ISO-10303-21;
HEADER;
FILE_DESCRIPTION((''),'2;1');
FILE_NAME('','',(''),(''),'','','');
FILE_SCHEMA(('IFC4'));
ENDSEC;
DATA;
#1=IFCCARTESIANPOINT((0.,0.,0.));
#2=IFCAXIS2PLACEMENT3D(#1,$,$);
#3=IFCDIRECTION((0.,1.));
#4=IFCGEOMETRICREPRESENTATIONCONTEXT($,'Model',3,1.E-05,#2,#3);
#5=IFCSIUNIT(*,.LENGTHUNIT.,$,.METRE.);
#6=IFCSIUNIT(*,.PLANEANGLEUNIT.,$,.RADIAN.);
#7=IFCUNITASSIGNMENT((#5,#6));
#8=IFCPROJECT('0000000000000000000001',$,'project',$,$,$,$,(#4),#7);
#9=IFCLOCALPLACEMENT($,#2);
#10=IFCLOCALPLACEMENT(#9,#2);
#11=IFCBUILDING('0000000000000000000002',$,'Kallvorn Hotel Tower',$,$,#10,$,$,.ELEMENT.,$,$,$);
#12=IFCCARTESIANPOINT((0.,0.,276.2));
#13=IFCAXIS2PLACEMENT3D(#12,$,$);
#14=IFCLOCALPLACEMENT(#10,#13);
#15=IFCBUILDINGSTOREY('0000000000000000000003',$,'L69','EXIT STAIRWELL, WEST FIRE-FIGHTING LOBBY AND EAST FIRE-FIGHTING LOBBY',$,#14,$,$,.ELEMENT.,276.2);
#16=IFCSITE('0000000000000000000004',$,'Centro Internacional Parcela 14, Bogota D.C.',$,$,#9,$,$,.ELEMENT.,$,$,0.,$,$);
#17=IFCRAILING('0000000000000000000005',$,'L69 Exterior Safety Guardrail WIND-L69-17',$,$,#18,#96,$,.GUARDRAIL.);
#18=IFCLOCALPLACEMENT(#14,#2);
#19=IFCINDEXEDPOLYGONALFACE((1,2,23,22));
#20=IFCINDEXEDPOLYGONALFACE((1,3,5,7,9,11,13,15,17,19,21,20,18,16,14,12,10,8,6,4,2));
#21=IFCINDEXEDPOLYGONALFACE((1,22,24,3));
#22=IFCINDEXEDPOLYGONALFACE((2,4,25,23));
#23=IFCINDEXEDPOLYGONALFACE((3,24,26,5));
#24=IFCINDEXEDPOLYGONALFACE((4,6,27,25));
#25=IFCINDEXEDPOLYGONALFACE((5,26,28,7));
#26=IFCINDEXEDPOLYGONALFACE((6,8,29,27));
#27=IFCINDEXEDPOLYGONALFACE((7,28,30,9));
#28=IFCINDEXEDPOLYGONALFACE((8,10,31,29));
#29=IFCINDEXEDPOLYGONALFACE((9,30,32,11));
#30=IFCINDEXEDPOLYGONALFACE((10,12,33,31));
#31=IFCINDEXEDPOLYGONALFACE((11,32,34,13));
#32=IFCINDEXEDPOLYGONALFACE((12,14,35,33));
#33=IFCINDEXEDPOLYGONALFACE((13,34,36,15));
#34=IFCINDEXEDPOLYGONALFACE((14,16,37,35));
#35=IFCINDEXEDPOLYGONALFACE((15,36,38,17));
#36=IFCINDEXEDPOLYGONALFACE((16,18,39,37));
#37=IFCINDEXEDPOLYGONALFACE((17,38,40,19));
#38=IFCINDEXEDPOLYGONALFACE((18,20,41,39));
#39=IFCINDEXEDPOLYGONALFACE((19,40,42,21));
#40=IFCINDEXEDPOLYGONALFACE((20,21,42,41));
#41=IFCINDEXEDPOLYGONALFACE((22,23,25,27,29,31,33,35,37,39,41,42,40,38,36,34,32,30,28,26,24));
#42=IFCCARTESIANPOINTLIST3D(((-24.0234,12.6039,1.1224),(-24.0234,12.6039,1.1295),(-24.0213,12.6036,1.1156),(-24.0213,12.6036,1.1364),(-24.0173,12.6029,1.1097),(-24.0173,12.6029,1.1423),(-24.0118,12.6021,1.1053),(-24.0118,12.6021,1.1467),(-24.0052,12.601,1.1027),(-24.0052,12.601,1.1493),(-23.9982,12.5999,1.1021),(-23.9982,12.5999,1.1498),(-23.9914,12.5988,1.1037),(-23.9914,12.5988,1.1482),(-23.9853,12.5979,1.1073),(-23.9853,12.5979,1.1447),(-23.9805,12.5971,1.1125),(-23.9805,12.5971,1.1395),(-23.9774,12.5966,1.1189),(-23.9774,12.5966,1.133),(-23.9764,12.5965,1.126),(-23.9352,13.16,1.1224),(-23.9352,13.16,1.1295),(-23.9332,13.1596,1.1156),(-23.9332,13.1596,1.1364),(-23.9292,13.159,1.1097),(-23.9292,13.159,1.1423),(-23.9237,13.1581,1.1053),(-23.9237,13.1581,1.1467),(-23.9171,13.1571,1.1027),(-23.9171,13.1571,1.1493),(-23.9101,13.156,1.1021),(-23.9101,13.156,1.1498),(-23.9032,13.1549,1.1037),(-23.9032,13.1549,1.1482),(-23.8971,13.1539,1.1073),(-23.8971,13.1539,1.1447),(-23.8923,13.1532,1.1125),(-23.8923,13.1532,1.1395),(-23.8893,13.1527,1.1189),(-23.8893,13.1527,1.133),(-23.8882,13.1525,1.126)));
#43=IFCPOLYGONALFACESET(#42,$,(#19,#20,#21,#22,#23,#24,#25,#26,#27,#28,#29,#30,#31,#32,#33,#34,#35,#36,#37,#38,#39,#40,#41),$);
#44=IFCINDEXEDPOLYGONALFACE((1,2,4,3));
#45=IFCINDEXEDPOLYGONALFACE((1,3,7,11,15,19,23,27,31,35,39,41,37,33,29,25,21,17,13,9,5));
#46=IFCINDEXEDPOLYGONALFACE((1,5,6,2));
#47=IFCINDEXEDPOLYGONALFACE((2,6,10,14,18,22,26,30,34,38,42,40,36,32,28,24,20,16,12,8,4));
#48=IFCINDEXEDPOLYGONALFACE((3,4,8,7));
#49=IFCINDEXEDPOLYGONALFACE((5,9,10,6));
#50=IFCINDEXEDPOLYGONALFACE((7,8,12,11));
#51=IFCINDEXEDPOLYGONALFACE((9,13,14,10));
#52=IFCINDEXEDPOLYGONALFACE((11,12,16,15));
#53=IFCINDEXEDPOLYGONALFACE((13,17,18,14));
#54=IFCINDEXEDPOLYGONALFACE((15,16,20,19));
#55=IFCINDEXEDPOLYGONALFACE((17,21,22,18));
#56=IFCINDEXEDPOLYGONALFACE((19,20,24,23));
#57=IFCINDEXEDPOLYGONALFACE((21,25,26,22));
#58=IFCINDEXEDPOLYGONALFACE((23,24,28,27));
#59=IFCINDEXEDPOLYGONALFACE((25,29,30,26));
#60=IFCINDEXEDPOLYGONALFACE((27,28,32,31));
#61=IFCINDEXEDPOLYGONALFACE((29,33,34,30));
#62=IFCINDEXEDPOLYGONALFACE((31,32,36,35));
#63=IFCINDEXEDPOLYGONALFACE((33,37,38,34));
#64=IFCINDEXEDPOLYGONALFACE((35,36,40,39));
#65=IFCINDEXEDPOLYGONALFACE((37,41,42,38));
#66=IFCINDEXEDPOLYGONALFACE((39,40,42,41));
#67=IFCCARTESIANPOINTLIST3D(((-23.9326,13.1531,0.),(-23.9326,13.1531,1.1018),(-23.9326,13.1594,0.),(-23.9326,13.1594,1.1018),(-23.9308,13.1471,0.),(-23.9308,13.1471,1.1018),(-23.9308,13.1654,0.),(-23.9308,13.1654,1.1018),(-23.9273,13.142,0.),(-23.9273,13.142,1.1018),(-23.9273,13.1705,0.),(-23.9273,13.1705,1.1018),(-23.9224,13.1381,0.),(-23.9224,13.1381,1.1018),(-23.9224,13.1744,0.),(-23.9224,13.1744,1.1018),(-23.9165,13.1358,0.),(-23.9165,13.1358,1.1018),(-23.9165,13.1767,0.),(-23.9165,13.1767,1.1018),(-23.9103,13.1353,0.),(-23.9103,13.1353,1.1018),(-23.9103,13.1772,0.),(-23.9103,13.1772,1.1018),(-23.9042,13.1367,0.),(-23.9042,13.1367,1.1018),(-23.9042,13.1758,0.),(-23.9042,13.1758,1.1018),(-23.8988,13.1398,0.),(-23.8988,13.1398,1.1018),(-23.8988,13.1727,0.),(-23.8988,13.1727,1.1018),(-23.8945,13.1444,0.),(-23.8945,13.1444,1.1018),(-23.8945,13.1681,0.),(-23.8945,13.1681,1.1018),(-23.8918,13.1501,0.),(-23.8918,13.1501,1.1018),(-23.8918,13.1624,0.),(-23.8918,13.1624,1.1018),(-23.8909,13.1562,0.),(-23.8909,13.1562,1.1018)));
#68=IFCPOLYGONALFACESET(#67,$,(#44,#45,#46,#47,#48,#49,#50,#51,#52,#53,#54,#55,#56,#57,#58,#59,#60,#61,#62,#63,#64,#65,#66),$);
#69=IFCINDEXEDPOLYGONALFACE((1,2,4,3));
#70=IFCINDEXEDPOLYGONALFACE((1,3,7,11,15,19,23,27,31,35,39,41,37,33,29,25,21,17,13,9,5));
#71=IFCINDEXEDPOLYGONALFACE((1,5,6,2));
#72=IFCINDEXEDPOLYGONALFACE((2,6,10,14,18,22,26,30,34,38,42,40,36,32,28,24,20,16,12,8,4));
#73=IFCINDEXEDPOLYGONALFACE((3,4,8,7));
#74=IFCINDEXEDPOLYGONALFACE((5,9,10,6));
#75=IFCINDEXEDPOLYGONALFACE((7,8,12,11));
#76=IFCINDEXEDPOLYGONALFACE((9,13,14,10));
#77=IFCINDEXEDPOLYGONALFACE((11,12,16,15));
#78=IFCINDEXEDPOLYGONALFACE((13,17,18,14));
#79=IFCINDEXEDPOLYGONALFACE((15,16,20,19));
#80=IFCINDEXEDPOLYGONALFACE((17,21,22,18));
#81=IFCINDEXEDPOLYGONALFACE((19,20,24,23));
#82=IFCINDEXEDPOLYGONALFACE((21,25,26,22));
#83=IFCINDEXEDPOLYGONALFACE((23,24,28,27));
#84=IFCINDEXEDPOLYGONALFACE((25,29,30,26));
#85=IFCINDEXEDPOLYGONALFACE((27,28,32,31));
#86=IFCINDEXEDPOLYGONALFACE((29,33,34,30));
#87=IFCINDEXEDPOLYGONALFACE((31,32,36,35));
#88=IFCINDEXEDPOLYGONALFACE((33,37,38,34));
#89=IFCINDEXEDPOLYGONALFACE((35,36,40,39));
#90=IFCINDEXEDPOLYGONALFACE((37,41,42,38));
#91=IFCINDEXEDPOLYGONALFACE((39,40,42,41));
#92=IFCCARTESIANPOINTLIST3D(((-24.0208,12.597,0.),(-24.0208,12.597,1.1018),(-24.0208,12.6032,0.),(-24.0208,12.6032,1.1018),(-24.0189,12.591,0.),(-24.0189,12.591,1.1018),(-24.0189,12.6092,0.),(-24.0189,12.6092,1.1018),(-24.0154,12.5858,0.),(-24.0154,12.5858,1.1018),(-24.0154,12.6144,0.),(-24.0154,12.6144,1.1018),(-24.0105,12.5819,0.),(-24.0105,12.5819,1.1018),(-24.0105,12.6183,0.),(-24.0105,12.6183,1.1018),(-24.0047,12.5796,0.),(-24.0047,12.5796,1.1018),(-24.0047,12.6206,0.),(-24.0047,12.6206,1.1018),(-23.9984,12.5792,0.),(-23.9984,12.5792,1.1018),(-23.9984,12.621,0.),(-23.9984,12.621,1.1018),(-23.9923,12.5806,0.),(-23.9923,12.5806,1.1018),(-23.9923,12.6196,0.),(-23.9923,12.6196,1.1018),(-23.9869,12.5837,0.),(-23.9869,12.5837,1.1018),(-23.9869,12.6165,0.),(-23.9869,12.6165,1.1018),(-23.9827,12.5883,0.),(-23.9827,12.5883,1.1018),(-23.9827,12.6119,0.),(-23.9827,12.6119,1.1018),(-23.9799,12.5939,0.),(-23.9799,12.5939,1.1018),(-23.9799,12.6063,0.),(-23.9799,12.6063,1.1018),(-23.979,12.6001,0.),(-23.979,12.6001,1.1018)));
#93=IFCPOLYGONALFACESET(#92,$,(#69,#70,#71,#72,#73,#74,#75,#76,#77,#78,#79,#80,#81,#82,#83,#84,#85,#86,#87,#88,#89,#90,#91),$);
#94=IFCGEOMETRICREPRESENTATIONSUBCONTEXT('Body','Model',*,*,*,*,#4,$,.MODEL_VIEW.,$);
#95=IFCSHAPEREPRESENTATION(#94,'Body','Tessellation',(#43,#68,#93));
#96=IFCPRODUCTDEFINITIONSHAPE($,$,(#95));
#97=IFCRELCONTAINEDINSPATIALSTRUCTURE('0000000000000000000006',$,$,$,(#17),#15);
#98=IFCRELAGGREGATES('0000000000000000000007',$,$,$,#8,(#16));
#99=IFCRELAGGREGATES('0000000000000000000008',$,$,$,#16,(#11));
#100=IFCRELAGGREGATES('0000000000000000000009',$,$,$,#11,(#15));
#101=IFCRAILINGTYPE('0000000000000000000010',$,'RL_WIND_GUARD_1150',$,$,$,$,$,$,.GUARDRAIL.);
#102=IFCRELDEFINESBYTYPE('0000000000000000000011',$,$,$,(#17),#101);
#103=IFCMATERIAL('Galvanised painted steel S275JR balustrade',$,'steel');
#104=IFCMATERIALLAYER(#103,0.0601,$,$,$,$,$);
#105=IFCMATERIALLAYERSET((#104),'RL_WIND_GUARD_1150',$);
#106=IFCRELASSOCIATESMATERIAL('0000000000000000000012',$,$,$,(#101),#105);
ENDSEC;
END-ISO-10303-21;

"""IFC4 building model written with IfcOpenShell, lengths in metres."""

from ifc_helpers import new_model, si_unit, direction, frame, origin, origin_2d, place, context, subcontext, project, spatial, circle, extrude, material, layer, layer_set, type_object, element, save


model = new_model("IFC4")

# Units and contexts
model_context = context("Model", 3, precision=1e-05, world=origin(), true_north=direction((0.0, 1.0)))
body_context = subcontext(model_context, "Body", "Model", "MODEL_VIEW")
ifc_project = project(units=[si_unit("LENGTHUNIT", "METRE"), si_unit("PLANEANGLEUNIT", "RADIAN")], contexts=[model_context])

# Site, building, storey
site_placement = place(None, origin())
site = spatial("IfcSite", under=ifc_project, at=site_placement, Name="Centro Internacional Parcela 14, Bogota D.C.", CompositionType="ELEMENT", RefElevation=0.0)
building_placement = place(site_placement, origin())
building = spatial("IfcBuilding", under=site, at=building_placement, Name="Kallvorn Hotel Tower", CompositionType="ELEMENT")
storey_placement = place(building_placement, frame((0.0, 0.0, 276.2)))
storey = spatial("IfcBuildingStorey", under=building, at=storey_placement, Name="L69", Description="EXIT STAIRWELL, WEST FIRE-FIGHTING LOBBY AND EAST FIRE-FIGHTING LOBBY", CompositionType="ELEMENT", Elevation=276.2)

# Railing
ifc_material_1 = material(Name="Galvanised painted steel S275JR balustrade", Category="steel")
ifc_layer_1 = layer(ifc_material_1, 0.0601)
ifc_layer_set_1 = layer_set([ifc_layer_1], Name="RL_WIND_GUARD_1150")
railing_type = type_object("IfcRailingType", Name="RL_WIND_GUARD_1150", PredefinedType="GUARDRAIL", material=ifc_layer_set_1)
railing_1_placement = place(storey_placement, frame((-23.9119, 13.1562, 0.0)))
element("IfcRailing", 1, at=railing_1_placement, inside=storey, type_object=railing_type, Name="L69 Exterior Safety Guardrail WIND-L69-17", PredefinedType="GUARDRAIL", context=body_context, shape_type="SweptSolid", body=[
    extrude(circle(Radius=0.0239, at=origin_2d()), frame((0.0, 0.0, 1.126), z_axis=(-0.156519, -0.987675, 0.0), x_axis=(0.987675, -0.156519, 0.0)), (0.0, 0.0, 1.0), 0.563),
    extrude(circle(Radius=0.021, at=origin_2d()), origin(), (0.0, 0.0, 1.0), 1.1018),
    extrude(circle(Radius=0.021, at=origin_2d()), frame((-0.0881, -0.5562, 0.0)), (0.0, 0.0, 1.0), 1.1018),
])

save(model, "model.ifc")
